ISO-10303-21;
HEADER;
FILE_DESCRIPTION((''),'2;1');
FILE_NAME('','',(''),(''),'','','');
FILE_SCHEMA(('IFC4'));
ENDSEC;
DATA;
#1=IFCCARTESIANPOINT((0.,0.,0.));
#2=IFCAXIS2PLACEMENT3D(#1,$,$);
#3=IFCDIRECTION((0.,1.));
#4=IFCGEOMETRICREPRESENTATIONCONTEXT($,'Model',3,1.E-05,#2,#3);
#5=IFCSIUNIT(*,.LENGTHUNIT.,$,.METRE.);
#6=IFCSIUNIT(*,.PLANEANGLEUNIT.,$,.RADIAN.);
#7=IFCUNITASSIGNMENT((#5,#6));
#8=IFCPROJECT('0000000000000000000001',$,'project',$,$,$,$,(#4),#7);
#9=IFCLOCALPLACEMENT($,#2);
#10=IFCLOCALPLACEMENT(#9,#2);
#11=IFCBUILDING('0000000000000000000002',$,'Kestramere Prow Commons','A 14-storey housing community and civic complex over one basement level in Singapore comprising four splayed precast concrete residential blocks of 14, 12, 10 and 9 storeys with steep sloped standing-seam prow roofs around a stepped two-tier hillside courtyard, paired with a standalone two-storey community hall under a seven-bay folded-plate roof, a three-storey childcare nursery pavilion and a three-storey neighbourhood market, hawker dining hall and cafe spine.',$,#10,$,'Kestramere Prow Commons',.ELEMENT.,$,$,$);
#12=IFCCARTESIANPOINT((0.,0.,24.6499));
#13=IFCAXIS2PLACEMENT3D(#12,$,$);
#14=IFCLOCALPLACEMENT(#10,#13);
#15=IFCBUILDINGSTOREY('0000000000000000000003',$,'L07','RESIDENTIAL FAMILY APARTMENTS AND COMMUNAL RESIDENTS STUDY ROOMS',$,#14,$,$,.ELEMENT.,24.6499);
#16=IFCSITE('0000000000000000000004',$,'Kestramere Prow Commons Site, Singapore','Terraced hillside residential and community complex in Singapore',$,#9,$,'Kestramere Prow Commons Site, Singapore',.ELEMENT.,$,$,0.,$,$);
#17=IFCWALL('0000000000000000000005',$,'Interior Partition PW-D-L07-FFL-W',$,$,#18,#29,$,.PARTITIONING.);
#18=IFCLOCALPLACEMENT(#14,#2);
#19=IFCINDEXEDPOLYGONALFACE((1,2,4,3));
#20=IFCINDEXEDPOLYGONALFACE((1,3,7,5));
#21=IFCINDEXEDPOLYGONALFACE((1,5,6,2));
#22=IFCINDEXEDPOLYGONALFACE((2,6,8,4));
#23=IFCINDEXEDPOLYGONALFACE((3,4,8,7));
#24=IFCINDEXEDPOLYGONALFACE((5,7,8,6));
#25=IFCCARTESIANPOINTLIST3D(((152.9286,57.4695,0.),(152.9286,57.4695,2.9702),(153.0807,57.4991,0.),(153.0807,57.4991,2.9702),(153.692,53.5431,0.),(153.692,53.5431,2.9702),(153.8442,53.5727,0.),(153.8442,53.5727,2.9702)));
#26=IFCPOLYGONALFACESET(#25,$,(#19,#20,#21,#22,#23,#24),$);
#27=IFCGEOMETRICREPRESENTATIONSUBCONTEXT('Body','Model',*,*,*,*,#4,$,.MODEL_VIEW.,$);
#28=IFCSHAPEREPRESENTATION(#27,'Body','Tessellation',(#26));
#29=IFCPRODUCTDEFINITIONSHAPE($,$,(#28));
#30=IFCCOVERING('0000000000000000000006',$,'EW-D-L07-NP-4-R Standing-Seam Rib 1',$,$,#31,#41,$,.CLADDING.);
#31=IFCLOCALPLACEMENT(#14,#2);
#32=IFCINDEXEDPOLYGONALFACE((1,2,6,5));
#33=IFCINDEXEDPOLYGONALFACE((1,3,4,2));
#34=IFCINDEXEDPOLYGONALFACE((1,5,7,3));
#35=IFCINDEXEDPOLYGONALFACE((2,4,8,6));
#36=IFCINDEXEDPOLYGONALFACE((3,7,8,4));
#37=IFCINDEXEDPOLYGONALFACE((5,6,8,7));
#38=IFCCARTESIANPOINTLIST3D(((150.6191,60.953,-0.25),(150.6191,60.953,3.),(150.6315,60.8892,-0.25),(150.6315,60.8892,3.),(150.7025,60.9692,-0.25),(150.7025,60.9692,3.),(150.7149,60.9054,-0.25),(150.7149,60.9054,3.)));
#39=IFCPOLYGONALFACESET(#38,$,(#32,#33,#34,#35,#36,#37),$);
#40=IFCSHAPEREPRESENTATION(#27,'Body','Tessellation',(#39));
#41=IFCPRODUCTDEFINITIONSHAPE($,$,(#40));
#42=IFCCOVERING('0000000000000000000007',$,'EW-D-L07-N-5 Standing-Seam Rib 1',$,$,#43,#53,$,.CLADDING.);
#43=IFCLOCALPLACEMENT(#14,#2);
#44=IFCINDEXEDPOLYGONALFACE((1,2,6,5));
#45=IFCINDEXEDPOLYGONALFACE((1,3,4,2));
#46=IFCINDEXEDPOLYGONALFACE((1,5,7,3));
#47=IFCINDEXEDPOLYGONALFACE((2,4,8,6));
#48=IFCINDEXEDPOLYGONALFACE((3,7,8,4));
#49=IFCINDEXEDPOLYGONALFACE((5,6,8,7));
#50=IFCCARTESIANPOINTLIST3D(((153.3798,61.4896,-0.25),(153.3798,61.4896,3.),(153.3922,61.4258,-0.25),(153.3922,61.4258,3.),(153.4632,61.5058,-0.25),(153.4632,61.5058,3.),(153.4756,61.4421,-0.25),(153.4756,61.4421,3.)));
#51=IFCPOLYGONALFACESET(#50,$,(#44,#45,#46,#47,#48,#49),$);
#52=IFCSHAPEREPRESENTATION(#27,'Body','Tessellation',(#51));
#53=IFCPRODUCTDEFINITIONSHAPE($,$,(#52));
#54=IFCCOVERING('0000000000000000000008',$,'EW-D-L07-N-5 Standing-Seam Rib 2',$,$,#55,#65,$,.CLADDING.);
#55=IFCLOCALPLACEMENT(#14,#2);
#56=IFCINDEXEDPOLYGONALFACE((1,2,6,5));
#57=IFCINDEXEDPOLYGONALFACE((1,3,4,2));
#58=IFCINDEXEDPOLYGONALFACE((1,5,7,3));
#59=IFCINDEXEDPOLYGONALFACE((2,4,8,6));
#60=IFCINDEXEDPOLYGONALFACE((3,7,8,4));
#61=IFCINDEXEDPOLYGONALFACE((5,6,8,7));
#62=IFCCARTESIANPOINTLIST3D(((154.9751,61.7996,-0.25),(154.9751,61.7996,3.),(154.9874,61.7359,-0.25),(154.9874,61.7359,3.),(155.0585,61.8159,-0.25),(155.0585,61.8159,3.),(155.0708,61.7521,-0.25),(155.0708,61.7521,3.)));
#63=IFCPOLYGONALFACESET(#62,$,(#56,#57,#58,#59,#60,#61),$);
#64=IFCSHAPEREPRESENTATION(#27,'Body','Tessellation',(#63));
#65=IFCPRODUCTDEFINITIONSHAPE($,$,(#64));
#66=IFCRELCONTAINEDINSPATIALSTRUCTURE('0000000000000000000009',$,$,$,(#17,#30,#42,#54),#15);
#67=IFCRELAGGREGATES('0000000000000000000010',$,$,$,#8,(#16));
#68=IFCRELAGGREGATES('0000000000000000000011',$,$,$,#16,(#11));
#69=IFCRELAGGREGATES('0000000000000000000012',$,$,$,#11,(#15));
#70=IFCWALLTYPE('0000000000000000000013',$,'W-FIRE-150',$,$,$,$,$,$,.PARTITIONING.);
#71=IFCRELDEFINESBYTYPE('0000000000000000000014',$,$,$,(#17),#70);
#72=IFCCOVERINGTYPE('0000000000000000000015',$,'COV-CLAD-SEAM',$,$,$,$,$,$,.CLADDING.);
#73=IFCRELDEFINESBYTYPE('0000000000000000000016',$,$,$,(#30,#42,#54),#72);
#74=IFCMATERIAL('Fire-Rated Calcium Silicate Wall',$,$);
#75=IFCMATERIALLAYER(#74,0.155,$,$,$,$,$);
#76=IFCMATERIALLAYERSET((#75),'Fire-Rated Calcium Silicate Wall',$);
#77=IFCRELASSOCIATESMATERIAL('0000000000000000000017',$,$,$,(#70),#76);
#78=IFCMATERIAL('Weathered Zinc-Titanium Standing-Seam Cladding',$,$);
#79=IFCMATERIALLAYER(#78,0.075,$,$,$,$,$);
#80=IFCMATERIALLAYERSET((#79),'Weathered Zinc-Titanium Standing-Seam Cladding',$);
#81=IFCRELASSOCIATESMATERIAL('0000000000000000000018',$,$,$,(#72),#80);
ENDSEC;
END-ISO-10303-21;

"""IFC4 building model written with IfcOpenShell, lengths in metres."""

from ifc_helpers import new_model, si_unit, direction, frame, frame_2d, origin, origin_2d, place, context, subcontext, project, spatial, rectangle, extrude, material, layer, layer_set, type_object, element, save


model = new_model("IFC4")

# Units and contexts
model_context = context("Model", 3, precision=1e-05, world=origin(), true_north=direction((0.0, 1.0)))
body_context = subcontext(model_context, "Body", "Model", "MODEL_VIEW")
ifc_project = project(units=[si_unit("LENGTHUNIT", "METRE"), si_unit("PLANEANGLEUNIT", "RADIAN")], contexts=[model_context])

# Site, building, storey
site_placement = place(None, origin())
site = spatial("IfcSite", under=ifc_project, at=site_placement, Name="Kestramere Prow Commons Site, Singapore", Description="Terraced hillside residential and community complex in Singapore", LongName="Kestramere Prow Commons Site, Singapore", CompositionType="ELEMENT", RefElevation=0.0)
building_placement = place(site_placement, origin())
building = spatial("IfcBuilding", under=site, at=building_placement, Name="Kestramere Prow Commons", Description="A 14-storey housing community and civic complex over one basement level in Singapore comprising four splayed precast concrete residential blocks of 14, 12, 10 and 9 storeys with steep sloped standing-seam prow roofs around a stepped two-tier hillside courtyard, paired with a standalone two-storey community hall under a seven-bay folded-plate roof, a three-storey childcare nursery pavilion and a three-storey neighbourhood market, hawker dining hall and cafe spine.", LongName="Kestramere Prow Commons", CompositionType="ELEMENT")
storey_placement = place(building_placement, frame((0.0, 0.0, 24.6499)))
storey = spatial("IfcBuildingStorey", under=building, at=storey_placement, Name="L07", Description="RESIDENTIAL FAMILY APARTMENTS AND COMMUNAL RESIDENTS STUDY ROOMS", CompositionType="ELEMENT", Elevation=24.6499)

# Shared definitions
ifc_material_1 = material(Name="Fire-Rated Calcium Silicate Wall")
ifc_layer_1 = layer(ifc_material_1, 0.155)
ifc_layer_set_1 = layer_set([ifc_layer_1], Name="Fire-Rated Calcium Silicate Wall")
wall_type_1 = type_object("IfcWallType", Name="W-FIRE-150", PredefinedType="PARTITIONING", material=ifc_layer_set_1)

# Wall
wall_1_placement = place(storey_placement, frame((153.7681, 53.5579, 0.0), z_axis=(0.0, 0.0, 1.0), x_axis=(-0.190855, 0.981618, 0.0)))
element("IfcWall", 1, at=wall_1_placement, inside=storey, type_object=wall_type_1, Name="Interior Partition PW-D-L07-FFL-W", PredefinedType="PARTITIONING", context=body_context, shape_type="SweptSolid", body=[
    extrude(rectangle(XDim=4.0, YDim=0.155, at=frame_2d((2.0, 0.0))), origin(), (0.0, 0.0, 1.0), 2.9702),
])

# Coverings
ifc_material_2 = material(Name="Weathered Zinc-Titanium Standing-Seam Cladding")
ifc_layer_2 = layer(ifc_material_2, 0.075)
ifc_layer_set_2 = layer_set([ifc_layer_2], Name="Weathered Zinc-Titanium Standing-Seam Cladding")
covering_type = type_object("IfcCoveringType", Name="COV-CLAD-SEAM", PredefinedType="CLADDING", material=ifc_layer_set_2)
for number, where, z_axis, x_axis, name in (
    (2, (150.667, 60.9292, -0.25), (0.0, 0.0, 1.0), (0.981627, 0.190809, 0.0), "EW-D-L07-NP-4-R Standing-Seam Rib 1"),
    (3, (153.4277, 61.4658, -0.25), (0.0, 0.0, 1.0), (0.981627, 0.190809, 0.0), "EW-D-L07-N-5 Standing-Seam Rib 1"),
    (4, (155.0229, 61.7759, -0.25), (0.0, 0.0, 1.0), (0.981627, 0.190809, 0.0), "EW-D-L07-N-5 Standing-Seam Rib 2"),
):
    element("IfcCovering", number, at=place(storey_placement, frame(where, z_axis=z_axis, x_axis=x_axis)), inside=storey, type_object=covering_type, Name=name, PredefinedType="CLADDING", context=body_context, shape_type="SweptSolid", body=[
        extrude(rectangle(XDim=0.085, YDim=0.0649, at=origin_2d()), origin(), (0.0, 0.0, 1.0), 3.25),
    ])

save(model, "model.ifc")
